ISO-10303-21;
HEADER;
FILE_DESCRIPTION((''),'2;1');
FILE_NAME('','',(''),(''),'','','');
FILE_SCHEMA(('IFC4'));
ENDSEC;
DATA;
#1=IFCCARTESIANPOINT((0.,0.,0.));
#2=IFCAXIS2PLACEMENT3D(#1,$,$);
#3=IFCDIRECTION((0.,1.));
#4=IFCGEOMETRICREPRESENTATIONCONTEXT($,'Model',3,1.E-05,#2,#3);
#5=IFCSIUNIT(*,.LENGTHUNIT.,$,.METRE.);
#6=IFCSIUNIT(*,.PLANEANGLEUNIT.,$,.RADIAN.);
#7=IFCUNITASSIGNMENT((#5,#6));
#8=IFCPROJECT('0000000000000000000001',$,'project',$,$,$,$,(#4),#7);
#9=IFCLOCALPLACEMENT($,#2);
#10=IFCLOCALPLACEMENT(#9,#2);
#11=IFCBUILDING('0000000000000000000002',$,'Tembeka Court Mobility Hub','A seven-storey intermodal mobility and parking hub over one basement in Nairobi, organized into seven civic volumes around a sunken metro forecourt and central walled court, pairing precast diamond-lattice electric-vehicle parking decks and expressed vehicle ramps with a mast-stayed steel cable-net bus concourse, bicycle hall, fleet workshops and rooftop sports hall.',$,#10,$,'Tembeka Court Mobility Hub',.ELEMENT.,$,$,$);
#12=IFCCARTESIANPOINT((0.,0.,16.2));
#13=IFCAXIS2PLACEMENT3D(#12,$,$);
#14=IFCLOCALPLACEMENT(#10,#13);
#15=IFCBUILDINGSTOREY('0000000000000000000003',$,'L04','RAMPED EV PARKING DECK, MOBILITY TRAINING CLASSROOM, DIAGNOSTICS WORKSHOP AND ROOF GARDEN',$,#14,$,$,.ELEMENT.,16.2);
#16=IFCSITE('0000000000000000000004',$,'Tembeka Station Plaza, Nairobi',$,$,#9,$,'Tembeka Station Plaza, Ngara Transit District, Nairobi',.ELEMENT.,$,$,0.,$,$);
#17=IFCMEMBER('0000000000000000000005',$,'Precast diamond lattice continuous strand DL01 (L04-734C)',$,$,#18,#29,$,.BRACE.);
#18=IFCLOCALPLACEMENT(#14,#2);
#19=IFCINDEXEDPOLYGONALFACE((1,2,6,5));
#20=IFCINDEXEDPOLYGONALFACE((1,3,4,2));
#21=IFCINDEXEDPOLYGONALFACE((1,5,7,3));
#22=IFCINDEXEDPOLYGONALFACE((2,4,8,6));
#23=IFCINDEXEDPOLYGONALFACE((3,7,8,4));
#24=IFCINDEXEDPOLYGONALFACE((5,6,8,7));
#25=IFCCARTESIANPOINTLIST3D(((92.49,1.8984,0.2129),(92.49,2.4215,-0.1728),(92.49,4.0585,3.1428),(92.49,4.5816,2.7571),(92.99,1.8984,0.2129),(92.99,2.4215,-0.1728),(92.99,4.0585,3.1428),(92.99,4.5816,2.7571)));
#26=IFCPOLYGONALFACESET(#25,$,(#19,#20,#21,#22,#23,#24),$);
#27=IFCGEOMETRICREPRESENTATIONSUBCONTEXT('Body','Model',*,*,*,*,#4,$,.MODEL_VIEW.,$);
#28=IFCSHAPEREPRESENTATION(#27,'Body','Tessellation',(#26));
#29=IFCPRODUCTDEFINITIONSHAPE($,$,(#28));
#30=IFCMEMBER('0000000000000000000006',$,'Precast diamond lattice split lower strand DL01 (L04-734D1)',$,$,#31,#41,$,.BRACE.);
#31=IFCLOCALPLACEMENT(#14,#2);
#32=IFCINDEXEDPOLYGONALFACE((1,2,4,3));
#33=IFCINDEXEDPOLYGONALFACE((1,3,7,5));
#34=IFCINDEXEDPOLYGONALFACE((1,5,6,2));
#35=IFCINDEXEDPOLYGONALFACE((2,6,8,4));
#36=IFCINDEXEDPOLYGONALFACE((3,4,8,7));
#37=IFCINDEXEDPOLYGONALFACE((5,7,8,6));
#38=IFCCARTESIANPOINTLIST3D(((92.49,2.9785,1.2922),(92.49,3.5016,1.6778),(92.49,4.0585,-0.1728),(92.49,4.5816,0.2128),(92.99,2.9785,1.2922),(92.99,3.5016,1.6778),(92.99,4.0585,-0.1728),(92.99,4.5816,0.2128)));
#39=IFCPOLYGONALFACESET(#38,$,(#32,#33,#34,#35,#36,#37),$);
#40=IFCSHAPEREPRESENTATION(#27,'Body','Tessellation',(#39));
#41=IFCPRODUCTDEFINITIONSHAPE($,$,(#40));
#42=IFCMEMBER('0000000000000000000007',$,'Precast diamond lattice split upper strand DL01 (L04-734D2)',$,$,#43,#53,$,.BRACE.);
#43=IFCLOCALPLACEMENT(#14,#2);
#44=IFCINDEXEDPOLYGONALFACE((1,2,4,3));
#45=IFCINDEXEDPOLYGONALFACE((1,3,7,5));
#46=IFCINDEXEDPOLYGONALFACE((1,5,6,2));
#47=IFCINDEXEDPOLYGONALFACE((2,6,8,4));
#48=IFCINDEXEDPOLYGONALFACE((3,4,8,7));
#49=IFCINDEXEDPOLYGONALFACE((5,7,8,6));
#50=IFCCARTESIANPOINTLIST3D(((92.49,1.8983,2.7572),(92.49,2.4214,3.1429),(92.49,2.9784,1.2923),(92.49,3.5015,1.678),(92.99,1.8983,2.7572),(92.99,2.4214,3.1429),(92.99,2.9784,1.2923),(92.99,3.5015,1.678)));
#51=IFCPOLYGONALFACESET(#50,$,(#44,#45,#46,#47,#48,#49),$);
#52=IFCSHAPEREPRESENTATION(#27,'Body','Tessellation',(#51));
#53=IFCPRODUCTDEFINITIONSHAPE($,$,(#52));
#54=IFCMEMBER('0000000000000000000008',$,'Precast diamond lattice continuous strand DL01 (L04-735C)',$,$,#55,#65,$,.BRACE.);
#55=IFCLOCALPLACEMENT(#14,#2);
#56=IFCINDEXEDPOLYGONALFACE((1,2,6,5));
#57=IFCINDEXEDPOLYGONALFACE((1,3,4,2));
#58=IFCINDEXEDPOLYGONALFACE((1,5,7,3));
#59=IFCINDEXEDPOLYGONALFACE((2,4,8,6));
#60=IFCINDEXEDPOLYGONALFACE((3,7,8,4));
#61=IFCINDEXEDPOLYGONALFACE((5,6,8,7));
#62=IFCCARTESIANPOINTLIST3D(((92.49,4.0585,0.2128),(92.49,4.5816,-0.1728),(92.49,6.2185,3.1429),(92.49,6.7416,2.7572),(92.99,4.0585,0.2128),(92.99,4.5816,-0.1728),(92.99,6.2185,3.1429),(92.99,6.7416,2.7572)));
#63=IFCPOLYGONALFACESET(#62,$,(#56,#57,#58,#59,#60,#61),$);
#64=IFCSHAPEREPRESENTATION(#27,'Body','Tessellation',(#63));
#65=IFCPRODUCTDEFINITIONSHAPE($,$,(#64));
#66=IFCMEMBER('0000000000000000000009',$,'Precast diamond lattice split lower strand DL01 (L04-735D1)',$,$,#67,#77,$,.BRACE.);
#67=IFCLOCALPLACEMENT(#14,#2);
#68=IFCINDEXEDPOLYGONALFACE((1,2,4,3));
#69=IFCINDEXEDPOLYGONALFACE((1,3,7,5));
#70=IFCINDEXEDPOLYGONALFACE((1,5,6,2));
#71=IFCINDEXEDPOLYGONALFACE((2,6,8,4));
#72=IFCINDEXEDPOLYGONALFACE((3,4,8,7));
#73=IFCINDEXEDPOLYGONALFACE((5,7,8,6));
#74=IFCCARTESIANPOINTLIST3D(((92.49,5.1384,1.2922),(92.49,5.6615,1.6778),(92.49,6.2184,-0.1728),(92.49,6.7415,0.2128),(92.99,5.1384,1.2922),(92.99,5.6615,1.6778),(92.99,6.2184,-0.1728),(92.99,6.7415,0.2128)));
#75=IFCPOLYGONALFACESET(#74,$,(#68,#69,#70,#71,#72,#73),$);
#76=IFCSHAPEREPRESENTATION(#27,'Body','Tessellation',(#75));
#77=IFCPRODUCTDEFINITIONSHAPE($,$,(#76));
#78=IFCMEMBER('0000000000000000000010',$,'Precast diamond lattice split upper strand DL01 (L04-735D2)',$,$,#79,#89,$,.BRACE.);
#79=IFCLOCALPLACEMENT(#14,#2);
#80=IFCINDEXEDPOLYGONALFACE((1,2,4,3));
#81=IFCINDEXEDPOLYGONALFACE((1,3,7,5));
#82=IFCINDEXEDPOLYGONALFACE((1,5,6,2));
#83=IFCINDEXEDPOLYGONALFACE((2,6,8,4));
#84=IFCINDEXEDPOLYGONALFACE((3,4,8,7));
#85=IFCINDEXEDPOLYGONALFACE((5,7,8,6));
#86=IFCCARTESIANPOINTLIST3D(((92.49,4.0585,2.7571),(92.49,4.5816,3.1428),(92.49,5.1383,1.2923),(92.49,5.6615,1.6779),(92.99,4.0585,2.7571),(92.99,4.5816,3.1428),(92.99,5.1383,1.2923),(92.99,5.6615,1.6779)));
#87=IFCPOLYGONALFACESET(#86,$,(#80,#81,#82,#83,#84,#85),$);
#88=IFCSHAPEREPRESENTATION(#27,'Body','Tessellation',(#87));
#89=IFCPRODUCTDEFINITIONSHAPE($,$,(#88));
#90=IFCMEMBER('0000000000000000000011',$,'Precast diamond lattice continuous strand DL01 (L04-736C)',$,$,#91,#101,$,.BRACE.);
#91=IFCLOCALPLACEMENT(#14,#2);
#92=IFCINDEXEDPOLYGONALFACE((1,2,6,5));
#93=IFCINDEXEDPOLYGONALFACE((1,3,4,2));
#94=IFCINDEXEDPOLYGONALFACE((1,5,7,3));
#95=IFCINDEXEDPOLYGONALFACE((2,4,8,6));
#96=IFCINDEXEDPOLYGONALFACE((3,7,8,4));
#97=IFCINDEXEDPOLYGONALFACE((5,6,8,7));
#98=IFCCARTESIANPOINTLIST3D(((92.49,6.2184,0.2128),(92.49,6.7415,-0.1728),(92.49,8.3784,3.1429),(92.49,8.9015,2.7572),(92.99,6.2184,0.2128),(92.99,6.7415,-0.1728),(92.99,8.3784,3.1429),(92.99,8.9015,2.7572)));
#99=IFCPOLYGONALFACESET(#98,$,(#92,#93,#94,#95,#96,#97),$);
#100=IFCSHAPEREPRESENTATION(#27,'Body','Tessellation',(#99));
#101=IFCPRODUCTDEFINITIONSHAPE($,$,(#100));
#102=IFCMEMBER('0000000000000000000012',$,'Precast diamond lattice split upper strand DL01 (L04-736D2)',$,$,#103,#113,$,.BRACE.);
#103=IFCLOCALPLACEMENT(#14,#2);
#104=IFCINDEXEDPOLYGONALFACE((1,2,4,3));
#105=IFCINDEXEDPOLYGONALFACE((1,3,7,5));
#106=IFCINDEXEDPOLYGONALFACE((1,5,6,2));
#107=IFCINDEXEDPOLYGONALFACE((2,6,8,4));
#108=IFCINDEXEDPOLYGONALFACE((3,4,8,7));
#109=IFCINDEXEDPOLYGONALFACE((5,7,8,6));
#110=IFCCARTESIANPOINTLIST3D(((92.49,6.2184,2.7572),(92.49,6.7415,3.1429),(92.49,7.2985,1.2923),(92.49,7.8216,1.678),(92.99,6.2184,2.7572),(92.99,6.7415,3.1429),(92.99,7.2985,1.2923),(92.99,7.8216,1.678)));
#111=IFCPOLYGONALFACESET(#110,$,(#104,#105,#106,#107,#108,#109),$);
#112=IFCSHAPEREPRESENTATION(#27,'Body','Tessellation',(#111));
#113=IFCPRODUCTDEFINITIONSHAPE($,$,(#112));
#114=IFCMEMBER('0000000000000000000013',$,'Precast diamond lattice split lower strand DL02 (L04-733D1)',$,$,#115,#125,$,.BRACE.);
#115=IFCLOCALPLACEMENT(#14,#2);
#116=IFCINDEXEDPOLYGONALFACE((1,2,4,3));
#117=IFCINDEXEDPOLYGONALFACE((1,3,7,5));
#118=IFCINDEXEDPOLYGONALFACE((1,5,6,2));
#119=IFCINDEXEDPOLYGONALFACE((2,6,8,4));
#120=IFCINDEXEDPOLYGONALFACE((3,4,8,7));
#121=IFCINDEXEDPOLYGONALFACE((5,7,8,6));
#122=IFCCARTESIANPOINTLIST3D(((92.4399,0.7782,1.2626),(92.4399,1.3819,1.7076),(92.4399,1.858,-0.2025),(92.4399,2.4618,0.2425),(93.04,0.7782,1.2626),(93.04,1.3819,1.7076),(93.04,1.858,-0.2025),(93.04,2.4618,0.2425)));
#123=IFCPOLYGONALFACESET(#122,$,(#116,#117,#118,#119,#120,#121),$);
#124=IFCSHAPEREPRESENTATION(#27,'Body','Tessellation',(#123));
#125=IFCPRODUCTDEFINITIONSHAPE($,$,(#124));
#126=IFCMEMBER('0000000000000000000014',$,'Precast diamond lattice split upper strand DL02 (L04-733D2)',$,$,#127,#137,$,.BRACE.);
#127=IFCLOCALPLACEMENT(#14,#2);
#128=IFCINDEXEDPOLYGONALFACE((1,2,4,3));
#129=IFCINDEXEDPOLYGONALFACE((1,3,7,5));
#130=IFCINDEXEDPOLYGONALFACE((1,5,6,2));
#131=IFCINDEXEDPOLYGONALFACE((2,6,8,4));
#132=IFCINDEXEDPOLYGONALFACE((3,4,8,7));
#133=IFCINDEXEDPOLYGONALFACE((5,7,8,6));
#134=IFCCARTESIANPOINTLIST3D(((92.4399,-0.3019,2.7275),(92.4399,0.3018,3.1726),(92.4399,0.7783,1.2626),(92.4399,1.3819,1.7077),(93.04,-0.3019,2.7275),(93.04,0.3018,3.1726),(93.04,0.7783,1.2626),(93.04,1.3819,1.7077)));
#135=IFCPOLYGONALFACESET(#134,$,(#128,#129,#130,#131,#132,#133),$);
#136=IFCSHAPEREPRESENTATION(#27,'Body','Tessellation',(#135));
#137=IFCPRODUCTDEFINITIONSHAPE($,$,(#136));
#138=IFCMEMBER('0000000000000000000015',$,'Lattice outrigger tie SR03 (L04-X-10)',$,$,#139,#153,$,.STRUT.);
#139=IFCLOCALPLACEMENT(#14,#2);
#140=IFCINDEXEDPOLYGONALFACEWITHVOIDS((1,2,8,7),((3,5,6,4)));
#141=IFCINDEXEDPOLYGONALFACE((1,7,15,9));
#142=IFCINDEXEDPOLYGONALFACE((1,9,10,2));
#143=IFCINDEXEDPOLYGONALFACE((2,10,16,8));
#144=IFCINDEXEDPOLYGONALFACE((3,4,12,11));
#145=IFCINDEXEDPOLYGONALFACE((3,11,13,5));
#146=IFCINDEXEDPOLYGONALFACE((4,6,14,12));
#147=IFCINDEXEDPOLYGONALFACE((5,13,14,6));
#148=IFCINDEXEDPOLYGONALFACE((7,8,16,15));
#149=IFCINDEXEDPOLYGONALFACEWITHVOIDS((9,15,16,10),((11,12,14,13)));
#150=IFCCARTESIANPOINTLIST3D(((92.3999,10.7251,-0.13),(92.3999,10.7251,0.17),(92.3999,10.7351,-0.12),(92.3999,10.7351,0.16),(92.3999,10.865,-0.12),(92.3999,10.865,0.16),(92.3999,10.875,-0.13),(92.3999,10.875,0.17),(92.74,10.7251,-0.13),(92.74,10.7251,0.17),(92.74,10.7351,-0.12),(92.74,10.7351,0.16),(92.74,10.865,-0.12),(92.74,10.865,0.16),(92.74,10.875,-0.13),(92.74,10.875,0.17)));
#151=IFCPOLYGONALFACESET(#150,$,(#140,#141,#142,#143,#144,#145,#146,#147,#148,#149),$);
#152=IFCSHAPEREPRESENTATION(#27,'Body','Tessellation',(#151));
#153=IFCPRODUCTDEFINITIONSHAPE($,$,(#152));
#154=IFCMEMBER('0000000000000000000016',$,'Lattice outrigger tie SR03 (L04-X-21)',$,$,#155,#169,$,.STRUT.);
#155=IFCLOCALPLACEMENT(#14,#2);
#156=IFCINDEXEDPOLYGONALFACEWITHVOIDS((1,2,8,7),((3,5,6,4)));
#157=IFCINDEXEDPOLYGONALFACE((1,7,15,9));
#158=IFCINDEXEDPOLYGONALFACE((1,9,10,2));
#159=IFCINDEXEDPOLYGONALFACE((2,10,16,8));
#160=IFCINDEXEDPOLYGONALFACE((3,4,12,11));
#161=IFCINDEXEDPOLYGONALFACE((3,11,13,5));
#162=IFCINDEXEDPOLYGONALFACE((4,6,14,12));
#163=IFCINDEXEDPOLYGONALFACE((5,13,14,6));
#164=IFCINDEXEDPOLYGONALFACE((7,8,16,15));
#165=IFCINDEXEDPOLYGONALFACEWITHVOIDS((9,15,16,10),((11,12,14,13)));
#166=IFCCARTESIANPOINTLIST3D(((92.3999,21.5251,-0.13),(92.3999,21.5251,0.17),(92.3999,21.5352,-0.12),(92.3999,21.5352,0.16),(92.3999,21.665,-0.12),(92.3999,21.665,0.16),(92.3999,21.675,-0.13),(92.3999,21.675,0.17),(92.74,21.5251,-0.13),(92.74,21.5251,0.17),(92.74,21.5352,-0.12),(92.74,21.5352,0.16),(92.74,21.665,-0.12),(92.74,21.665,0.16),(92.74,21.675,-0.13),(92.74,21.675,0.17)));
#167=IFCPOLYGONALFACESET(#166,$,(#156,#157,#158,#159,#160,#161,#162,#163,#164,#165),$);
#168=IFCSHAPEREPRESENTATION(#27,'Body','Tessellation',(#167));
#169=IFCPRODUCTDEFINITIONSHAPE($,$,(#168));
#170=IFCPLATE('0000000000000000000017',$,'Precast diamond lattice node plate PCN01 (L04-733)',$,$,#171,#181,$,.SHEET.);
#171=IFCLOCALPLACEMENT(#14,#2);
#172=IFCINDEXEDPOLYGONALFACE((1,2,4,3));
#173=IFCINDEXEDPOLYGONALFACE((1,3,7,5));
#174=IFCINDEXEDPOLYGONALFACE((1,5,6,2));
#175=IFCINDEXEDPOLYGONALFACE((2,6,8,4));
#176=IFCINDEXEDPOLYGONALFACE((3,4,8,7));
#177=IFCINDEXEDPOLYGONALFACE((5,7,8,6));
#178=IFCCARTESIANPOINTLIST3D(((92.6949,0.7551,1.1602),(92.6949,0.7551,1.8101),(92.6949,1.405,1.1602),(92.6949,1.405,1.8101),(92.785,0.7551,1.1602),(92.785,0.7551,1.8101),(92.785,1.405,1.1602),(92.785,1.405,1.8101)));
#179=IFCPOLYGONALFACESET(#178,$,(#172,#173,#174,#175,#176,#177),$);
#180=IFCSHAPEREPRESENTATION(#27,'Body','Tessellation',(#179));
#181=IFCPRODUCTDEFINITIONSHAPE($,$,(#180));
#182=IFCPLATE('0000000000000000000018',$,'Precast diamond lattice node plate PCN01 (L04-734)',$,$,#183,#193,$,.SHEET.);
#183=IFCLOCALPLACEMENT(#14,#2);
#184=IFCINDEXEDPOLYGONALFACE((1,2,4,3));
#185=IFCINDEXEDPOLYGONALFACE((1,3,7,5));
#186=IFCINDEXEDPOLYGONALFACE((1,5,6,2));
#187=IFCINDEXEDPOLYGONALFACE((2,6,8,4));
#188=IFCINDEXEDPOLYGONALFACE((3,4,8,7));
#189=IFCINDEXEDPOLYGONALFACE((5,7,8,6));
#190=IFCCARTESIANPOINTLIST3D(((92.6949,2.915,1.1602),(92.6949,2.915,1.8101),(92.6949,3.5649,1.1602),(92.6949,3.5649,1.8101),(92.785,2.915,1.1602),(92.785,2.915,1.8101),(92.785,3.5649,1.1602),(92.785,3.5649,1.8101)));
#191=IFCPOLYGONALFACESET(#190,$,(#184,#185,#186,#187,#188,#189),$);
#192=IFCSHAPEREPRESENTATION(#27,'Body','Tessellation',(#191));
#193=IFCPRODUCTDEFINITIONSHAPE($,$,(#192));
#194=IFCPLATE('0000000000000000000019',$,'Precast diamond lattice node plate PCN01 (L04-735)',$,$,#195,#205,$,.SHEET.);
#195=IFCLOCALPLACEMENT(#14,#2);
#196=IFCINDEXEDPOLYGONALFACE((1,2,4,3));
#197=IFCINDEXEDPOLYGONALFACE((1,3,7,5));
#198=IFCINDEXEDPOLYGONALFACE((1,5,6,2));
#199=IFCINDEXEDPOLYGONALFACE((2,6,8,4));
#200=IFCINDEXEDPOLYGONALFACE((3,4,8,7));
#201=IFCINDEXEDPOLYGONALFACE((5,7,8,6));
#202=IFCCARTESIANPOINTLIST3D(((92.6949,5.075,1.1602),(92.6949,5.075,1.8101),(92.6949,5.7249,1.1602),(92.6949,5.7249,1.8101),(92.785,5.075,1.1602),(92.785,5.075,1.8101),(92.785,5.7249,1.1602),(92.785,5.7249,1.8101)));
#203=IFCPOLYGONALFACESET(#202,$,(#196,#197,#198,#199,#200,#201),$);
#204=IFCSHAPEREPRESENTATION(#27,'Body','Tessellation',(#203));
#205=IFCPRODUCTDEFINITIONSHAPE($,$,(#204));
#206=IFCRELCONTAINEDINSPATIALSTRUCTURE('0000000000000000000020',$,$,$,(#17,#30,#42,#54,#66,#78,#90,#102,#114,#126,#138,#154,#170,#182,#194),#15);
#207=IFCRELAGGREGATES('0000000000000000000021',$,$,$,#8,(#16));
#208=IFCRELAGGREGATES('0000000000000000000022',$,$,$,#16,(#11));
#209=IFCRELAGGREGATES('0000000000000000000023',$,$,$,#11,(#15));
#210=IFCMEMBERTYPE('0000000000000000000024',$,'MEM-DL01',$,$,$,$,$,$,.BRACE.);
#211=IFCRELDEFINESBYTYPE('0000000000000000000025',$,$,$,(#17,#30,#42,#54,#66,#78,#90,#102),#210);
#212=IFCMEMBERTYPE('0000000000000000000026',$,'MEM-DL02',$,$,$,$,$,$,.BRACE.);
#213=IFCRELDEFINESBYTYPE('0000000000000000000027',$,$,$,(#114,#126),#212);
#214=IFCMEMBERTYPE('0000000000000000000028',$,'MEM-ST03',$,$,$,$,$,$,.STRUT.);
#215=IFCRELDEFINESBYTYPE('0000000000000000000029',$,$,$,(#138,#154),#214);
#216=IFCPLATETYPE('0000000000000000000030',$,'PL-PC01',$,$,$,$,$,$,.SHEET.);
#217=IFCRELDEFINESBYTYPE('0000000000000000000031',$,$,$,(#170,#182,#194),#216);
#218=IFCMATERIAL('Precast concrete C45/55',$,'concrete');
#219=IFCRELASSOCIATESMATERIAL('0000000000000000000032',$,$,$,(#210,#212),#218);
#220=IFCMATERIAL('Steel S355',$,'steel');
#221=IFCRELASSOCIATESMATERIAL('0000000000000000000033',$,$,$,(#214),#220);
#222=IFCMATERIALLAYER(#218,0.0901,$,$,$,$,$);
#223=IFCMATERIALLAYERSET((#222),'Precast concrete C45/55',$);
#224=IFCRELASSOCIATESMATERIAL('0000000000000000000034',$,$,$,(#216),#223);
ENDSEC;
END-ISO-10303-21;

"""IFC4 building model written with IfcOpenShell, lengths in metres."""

from ifc_helpers import new_model, si_unit, direction, frame, origin, origin_2d, place, context, subcontext, project, spatial, rectangle, hollow_rectangle, extrude, material, layer, layer_set, material_profile, profile_set, type_object, element, save


model = new_model("IFC4")

# Units and contexts
model_context = context("Model", 3, precision=1e-05, world=origin(), true_north=direction((0.0, 1.0)))
body_context = subcontext(model_context, "Body", "Model", "MODEL_VIEW")
ifc_project = project(units=[si_unit("LENGTHUNIT", "METRE"), si_unit("PLANEANGLEUNIT", "RADIAN")], contexts=[model_context])

# Site, building, storey
site_placement = place(None, origin())
site = spatial("IfcSite", under=ifc_project, at=site_placement, Name="Tembeka Station Plaza, Nairobi", LongName="Tembeka Station Plaza, Ngara Transit District, Nairobi", CompositionType="ELEMENT", RefElevation=0.0)
building_placement = place(site_placement, origin())
building = spatial("IfcBuilding", under=site, at=building_placement, Name="Tembeka Court Mobility Hub", Description="A seven-storey intermodal mobility and parking hub over one basement in Nairobi, organized into seven civic volumes around a sunken metro forecourt and central walled court, pairing precast diamond-lattice electric-vehicle parking decks and expressed vehicle ramps with a mast-stayed steel cable-net bus concourse, bicycle hall, fleet workshops and rooftop sports hall.", LongName="Tembeka Court Mobility Hub", CompositionType="ELEMENT")
storey_placement = place(building_placement, frame((0.0, 0.0, 16.2)))
storey = spatial("IfcBuildingStorey", under=building, at=storey_placement, Name="L04", Description="RAMPED EV PARKING DECK, MOBILITY TRAINING CLASSROOM, DIAGNOSTICS WORKSHOP AND ROOF GARDEN", CompositionType="ELEMENT", Elevation=16.2)

# Shared definitions
ifc_material_1 = material(Name="Steel S355", Category="steel")

# Members
ifc_material_2 = material(Name="Precast concrete C45/55", Category="concrete")
ifc_material_profile_1 = material_profile(ifc_material_2, rectangle(XDim=0.5, YDim=0.6499, at=origin_2d()), Name="PC-DIAG 500x650")
ifc_profile_set_1 = profile_set([ifc_material_profile_1], Name="Precast concrete C45/55")
member_type_1 = type_object("IfcMemberType", Name="MEM-DL01", PredefinedType="BRACE", material=ifc_profile_set_1)
member_1_placement = place(storey_placement, frame((92.74, 2.1599, 0.02), z_axis=(0.0, 0.593423, 0.804891), x_axis=(-1.0, 0.0, 0.0)))
element("IfcMember", 1, at=member_1_placement, inside=storey, type_object=member_type_1, Name="Precast diamond lattice continuous strand DL01 (L04-734C)", PredefinedType="BRACE", context=body_context, shape_type="SweptSolid", body=[
    extrude(rectangle(XDim=0.5, YDim=0.6499, at=origin_2d()), origin(), (0.0, 0.0, 1.0), 3.6401),
])
for number, where, z_axis, x_axis, name in (
    (2, (92.74, 4.3201, 0.02), (0.0, -0.593391, 0.804914), (1.0, 0.0, 0.0), "Precast diamond lattice split lower strand DL01 (L04-734D1)"),
    (3, (92.74, 3.24, 1.4851), (0.0, -0.593455, 0.804867), (1.0, 0.0, 0.0), "Precast diamond lattice split upper strand DL01 (L04-734D2)"),
):
    element("IfcMember", number, at=place(storey_placement, frame(where, z_axis=z_axis, x_axis=x_axis)), inside=storey, type_object=member_type_1, Name=name, PredefinedType="BRACE", context=body_context, shape_type="SweptSolid", body=[
        extrude(rectangle(XDim=0.5, YDim=0.6499, at=origin_2d()), origin(), (0.0, 0.0, 1.0), 1.8201),
    ])
member_2_placement = place(storey_placement, frame((92.74, 4.3201, 0.02), z_axis=(0.0, 0.59338, 0.804923), x_axis=(-1.0, 0.0, 0.0)))
element("IfcMember", 4, at=member_2_placement, inside=storey, type_object=member_type_1, Name="Precast diamond lattice continuous strand DL01 (L04-735C)", PredefinedType="BRACE", context=body_context, shape_type="SweptSolid", body=[
    extrude(rectangle(XDim=0.5, YDim=0.6499, at=origin_2d()), origin(), (0.0, 0.0, 1.0), 3.6401),
])
member_3_placement = place(storey_placement, frame((92.74, 6.48, 0.02), z_axis=(0.0, -0.593391, 0.804914), x_axis=(1.0, 0.0, 0.0)))
element("IfcMember", 5, at=member_3_placement, inside=storey, type_object=member_type_1, Name="Precast diamond lattice split lower strand DL01 (L04-735D1)", PredefinedType="BRACE", context=body_context, shape_type="SweptSolid", body=[
    extrude(rectangle(XDim=0.5, YDim=0.6499, at=origin_2d()), origin(), (0.0, 0.0, 1.0), 1.8201),
])
member_4_placement = place(storey_placement, frame((92.74, 5.3999, 1.4851), z_axis=(0.0, -0.593368, 0.804931), x_axis=(1.0, 0.0, 0.0)))
element("IfcMember", 6, at=member_4_placement, inside=storey, type_object=member_type_1, Name="Precast diamond lattice split upper strand DL01 (L04-735D2)", PredefinedType="BRACE", context=body_context, shape_type="SweptSolid", body=[
    extrude(rectangle(XDim=0.5, YDim=0.6499, at=origin_2d()), origin(), (0.0, 0.0, 1.0), 1.8198),
])
member_5_placement = place(storey_placement, frame((92.74, 6.48, 0.02), z_axis=(0.0, 0.59338, 0.804923), x_axis=(-1.0, 0.0, 0.0)))
element("IfcMember", 7, at=member_5_placement, inside=storey, type_object=member_type_1, Name="Precast diamond lattice continuous strand DL01 (L04-736C)", PredefinedType="BRACE", context=body_context, shape_type="SweptSolid", body=[
    extrude(rectangle(XDim=0.5, YDim=0.6499, at=origin_2d()), origin(), (0.0, 0.0, 1.0), 3.6401),
])
member_6_placement = place(storey_placement, frame((92.74, 7.5601, 1.4851), z_axis=(0.0, -0.593455, 0.804867), x_axis=(1.0, 0.0, 0.0)))
element("IfcMember", 8, at=member_6_placement, inside=storey, type_object=member_type_1, Name="Precast diamond lattice split upper strand DL01 (L04-736D2)", PredefinedType="BRACE", context=body_context, shape_type="SweptSolid", body=[
    extrude(rectangle(XDim=0.5, YDim=0.6499, at=origin_2d()), origin(), (0.0, 0.0, 1.0), 1.8201),
])
ifc_material_profile_2 = material_profile(ifc_material_2, rectangle(XDim=0.6001, YDim=0.75, at=origin_2d()), Name="PC-DIAG 600x750")
ifc_profile_set_2 = profile_set([ifc_material_profile_2], Name="Precast concrete C45/55")
member_type_2 = type_object("IfcMemberType", Name="MEM-DL02", PredefinedType="BRACE", material=ifc_profile_set_2)
for number, where, z_axis, x_axis, name in (
    (9, (92.74, 2.1599, 0.02), (0.0, -0.593304, 0.804978), (1.0, 0.0, 0.0), "Precast diamond lattice split lower strand DL02 (L04-733D1)"),
    (10, (92.74, 1.0801, 1.4851), (0.0, -0.593455, 0.804867), (1.0, 0.0, 0.0), "Precast diamond lattice split upper strand DL02 (L04-733D2)"),
):
    element("IfcMember", number, at=place(storey_placement, frame(where, z_axis=z_axis, x_axis=x_axis)), inside=storey, type_object=member_type_2, Name=name, PredefinedType="BRACE", context=body_context, shape_type="SweptSolid", body=[
        extrude(rectangle(XDim=0.6001, YDim=0.75, at=origin_2d()), origin(), (0.0, 0.0, 1.0), 1.8201),
    ])
ifc_material_profile_3 = material_profile(ifc_material_1, hollow_rectangle(XDim=0.1499, YDim=0.3, WallThickness=0.01, at=origin_2d()), Name="RHS 300x150x10")
ifc_profile_set_3 = profile_set([ifc_material_profile_3], Name="Steel S355")
member_type_3 = type_object("IfcMemberType", Name="MEM-ST03", PredefinedType="STRUT", material=ifc_profile_set_3)
for number, where, z_axis, x_axis, name in (
    (11, (92.3999, 10.8, 0.02), (1.0, 0.0, 0.0), (0.0, 1.0, 0.0), "Lattice outrigger tie SR03 (L04-X-10)"),
    (12, (92.3999, 21.6001, 0.02), (1.0, 0.0, 0.0), (0.0, 1.0, 0.0), "Lattice outrigger tie SR03 (L04-X-21)"),
):
    element("IfcMember", number, at=place(storey_placement, frame(where, z_axis=z_axis, x_axis=x_axis)), inside=storey, type_object=member_type_3, Name=name, PredefinedType="STRUT", context=body_context, shape_type="SweptSolid", body=[
        extrude(hollow_rectangle(XDim=0.1499, YDim=0.3, WallThickness=0.01, at=origin_2d()), origin(), (0.0, 0.0, 1.0), 0.3401),
    ])

# Plates
ifc_layer_1 = layer(ifc_material_2, 0.0901)
ifc_layer_set_1 = layer_set([ifc_layer_1], Name="Precast concrete C45/55")
plate_type = type_object("IfcPlateType", Name="PL-PC01", PredefinedType="SHEET", material=ifc_layer_set_1)
for number, where, z_axis, x_axis, name in (
    (13, (92.74, 1.0801, 1.1602), (0.0, 0.0, 1.0), (1.0, 0.0, 0.0), "Precast diamond lattice node plate PCN01 (L04-733)"),
    (14, (92.74, 3.24, 1.1602), (0.0, 0.0, 1.0), (1.0, 0.0, 0.0), "Precast diamond lattice node plate PCN01 (L04-734)"),
    (15, (92.74, 5.3999, 1.1602), (0.0, 0.0, 1.0), (1.0, 0.0, 0.0), "Precast diamond lattice node plate PCN01 (L04-735)"),
):
    element("IfcPlate", number, at=place(storey_placement, frame(where, z_axis=z_axis, x_axis=x_axis)), inside=storey, type_object=plate_type, Name=name, PredefinedType="SHEET", context=body_context, shape_type="SweptSolid", body=[
        extrude(rectangle(XDim=0.0901, YDim=0.6499, at=origin_2d()), origin(), (0.0, 0.0, 1.0), 0.6499),
    ])

save(model, "model.ifc")
